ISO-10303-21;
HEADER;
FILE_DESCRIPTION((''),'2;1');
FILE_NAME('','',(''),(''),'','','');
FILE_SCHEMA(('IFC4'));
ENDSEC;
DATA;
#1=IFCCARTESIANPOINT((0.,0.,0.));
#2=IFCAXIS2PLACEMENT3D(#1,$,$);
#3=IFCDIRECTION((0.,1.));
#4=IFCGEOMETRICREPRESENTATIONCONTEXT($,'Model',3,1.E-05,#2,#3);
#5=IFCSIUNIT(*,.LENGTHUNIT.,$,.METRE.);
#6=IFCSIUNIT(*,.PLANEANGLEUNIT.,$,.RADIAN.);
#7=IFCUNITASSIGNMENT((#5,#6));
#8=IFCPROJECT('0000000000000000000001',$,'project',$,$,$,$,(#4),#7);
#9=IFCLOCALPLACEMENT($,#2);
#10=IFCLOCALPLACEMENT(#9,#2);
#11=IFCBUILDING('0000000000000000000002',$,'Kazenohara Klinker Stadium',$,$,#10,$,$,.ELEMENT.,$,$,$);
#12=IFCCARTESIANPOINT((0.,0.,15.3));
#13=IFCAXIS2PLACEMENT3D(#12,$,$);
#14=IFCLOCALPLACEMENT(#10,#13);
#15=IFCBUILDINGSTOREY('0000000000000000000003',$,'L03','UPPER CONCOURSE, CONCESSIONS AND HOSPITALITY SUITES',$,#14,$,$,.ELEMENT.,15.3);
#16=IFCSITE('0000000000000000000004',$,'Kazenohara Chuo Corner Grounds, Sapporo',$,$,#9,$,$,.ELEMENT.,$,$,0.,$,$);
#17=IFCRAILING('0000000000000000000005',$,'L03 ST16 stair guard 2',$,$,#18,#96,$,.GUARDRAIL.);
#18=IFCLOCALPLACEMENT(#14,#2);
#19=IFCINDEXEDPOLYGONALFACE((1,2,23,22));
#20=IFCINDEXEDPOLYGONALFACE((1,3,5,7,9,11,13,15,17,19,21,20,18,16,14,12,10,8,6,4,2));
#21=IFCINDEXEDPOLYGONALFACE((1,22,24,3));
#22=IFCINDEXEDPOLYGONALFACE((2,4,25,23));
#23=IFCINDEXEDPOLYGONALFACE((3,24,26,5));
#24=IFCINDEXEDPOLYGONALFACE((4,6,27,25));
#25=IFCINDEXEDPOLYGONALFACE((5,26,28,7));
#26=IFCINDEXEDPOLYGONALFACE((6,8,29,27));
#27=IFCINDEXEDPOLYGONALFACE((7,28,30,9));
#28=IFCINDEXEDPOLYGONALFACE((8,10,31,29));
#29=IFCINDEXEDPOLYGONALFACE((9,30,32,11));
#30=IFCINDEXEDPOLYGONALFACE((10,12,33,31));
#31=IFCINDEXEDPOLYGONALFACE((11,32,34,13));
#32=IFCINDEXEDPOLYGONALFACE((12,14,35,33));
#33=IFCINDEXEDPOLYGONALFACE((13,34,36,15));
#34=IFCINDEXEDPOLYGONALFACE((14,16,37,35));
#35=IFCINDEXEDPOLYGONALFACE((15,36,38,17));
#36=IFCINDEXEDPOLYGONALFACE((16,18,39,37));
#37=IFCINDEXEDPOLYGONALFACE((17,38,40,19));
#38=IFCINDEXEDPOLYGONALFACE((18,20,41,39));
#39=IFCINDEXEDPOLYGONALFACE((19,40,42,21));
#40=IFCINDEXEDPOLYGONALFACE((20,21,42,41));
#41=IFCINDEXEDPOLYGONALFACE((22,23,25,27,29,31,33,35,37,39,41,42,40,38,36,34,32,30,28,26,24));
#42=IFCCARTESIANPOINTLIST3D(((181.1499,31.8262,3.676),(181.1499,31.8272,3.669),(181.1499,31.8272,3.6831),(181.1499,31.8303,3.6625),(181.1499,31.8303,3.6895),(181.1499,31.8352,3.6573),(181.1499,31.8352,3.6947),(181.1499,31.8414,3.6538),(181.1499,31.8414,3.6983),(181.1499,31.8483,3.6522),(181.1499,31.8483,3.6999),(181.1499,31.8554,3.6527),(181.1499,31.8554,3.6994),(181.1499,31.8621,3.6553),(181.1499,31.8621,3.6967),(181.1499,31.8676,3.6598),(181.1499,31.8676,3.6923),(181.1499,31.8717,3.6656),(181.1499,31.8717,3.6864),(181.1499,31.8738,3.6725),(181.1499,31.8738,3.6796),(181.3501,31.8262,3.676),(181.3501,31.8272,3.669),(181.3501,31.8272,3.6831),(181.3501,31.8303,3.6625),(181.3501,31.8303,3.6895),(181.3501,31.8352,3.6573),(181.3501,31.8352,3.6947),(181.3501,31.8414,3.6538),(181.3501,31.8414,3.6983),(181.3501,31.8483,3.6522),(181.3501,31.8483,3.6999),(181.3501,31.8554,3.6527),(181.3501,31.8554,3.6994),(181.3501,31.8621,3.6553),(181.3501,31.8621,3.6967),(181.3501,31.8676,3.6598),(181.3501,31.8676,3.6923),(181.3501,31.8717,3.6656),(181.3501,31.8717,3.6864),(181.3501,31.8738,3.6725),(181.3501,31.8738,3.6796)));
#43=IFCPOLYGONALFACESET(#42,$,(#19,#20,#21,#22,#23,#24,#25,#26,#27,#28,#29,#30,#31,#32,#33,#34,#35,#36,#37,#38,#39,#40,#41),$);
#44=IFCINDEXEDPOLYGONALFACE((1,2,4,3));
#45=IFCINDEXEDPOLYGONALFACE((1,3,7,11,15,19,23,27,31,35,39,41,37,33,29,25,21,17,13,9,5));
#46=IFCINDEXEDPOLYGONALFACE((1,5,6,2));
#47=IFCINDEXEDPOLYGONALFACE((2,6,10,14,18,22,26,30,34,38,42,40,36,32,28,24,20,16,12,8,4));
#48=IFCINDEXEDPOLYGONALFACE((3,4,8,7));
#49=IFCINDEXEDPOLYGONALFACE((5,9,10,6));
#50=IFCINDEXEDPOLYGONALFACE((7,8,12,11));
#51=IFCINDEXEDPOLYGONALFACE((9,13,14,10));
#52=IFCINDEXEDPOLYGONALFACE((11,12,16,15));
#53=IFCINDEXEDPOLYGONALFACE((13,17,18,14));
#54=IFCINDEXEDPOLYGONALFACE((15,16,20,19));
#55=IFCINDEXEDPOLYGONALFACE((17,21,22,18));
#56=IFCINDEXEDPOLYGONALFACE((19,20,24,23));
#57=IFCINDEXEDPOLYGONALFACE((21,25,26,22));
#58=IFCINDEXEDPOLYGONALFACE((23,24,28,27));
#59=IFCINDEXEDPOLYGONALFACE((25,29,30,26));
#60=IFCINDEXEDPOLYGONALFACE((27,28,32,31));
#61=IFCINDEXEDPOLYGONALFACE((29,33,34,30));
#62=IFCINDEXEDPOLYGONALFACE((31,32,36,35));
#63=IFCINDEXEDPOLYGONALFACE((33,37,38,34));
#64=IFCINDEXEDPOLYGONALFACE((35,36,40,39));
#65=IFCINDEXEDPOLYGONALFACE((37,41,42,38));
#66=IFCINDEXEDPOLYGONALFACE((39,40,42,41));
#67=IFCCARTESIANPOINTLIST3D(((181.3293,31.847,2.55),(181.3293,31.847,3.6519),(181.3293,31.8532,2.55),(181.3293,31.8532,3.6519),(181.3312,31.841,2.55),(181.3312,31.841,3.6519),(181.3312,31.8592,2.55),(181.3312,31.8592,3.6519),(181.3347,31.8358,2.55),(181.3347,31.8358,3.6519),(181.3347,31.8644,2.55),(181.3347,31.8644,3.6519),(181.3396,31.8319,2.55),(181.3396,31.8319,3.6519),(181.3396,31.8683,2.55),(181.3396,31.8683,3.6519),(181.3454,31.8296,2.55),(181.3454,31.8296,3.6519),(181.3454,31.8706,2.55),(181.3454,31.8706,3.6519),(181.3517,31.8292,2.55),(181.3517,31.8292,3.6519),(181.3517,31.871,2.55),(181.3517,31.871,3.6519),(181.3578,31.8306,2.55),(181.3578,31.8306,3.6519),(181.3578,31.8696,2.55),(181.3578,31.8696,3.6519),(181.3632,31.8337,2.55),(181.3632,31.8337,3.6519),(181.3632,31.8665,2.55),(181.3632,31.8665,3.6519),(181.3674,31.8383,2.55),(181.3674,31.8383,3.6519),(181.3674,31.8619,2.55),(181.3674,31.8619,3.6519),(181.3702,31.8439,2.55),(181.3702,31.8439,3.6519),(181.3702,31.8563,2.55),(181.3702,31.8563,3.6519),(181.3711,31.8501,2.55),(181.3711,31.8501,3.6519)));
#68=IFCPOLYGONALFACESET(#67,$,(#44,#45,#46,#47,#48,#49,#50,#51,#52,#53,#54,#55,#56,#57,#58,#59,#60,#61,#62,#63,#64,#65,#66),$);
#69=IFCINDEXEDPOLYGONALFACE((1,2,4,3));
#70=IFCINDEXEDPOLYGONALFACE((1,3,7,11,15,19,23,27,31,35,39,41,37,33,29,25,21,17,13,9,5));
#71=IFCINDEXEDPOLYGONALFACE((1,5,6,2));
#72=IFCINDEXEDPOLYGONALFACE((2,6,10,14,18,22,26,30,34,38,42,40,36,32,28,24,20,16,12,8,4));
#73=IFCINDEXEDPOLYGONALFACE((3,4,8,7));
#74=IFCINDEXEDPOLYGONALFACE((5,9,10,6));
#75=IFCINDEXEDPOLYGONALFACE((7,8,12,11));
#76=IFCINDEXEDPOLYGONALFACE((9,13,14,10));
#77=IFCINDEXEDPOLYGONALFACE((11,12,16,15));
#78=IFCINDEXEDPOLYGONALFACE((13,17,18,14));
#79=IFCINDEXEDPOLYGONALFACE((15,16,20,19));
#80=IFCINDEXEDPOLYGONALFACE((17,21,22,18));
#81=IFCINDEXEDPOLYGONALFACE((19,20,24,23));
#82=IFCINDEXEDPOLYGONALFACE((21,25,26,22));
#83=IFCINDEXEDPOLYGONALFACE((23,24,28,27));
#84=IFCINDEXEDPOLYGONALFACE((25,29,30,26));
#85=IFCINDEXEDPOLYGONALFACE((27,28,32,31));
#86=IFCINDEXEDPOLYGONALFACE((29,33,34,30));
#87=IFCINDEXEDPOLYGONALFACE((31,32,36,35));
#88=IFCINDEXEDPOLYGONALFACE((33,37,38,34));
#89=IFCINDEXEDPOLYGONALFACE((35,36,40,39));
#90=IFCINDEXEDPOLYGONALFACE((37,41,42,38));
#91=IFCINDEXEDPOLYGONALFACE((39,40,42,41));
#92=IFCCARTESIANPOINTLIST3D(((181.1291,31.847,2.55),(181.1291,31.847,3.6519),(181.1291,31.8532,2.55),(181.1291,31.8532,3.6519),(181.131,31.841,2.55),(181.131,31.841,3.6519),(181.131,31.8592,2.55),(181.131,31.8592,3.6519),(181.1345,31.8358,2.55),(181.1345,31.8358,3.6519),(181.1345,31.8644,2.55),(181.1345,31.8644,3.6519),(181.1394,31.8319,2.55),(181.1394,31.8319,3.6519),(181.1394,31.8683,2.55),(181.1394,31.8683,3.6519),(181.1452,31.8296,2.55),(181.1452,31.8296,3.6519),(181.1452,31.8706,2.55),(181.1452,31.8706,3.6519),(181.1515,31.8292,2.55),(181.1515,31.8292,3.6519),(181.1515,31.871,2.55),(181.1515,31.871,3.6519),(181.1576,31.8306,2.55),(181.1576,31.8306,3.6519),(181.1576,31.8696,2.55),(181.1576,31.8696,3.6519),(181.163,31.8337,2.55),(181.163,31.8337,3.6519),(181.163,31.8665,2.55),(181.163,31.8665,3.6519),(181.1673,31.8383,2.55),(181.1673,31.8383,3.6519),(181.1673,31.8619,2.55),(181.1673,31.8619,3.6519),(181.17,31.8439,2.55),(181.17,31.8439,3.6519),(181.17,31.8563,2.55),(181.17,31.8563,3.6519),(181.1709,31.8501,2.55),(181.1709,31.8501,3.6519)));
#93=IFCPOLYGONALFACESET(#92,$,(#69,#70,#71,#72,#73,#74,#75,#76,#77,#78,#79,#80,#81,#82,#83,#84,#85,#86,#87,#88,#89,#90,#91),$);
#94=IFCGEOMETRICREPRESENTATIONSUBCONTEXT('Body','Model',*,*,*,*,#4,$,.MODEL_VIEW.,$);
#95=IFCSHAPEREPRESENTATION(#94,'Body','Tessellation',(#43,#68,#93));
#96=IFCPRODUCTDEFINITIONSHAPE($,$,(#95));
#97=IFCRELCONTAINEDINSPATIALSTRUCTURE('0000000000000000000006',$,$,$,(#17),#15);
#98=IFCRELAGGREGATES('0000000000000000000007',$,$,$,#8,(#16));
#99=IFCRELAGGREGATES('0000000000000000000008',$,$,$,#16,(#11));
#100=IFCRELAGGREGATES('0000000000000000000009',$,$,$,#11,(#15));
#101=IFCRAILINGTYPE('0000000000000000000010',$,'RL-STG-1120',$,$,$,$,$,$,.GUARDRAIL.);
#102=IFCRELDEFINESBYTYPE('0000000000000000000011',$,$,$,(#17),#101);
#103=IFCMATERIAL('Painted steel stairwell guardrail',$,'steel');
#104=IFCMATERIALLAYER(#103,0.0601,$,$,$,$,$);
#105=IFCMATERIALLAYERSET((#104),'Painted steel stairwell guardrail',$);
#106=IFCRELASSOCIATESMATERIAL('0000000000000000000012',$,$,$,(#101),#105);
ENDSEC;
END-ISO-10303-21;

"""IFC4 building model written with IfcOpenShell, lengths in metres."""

from ifc_helpers import new_model, si_unit, direction, frame, origin, origin_2d, place, context, subcontext, project, spatial, circle, extrude, material, layer, layer_set, type_object, element, save


model = new_model("IFC4")

# Units and contexts
model_context = context("Model", 3, precision=1e-05, world=origin(), true_north=direction((0.0, 1.0)))
body_context = subcontext(model_context, "Body", "Model", "MODEL_VIEW")
ifc_project = project(units=[si_unit("LENGTHUNIT", "METRE"), si_unit("PLANEANGLEUNIT", "RADIAN")], contexts=[model_context])

# Site, building, storey
site_placement = place(None, origin())
site = spatial("IfcSite", under=ifc_project, at=site_placement, Name="Kazenohara Chuo Corner Grounds, Sapporo", CompositionType="ELEMENT", RefElevation=0.0)
building_placement = place(site_placement, origin())
building = spatial("IfcBuilding", under=site, at=building_placement, Name="Kazenohara Klinker Stadium", CompositionType="ELEMENT")
storey_placement = place(building_placement, frame((0.0, 0.0, 15.3)))
storey = spatial("IfcBuildingStorey", under=building, at=storey_placement, Name="L03", Description="UPPER CONCOURSE, CONCESSIONS AND HOSPITALITY SUITES", CompositionType="ELEMENT", Elevation=15.3)

# Railing
ifc_material_1 = material(Name="Painted steel stairwell guardrail", Category="steel")
ifc_layer_1 = layer(ifc_material_1, 0.0601)
ifc_layer_set_1 = layer_set([ifc_layer_1], Name="Painted steel stairwell guardrail")
railing_type_1 = type_object("IfcRailingType", Name="RL-STG-1120", PredefinedType="GUARDRAIL", material=ifc_layer_set_1)
railing_1_placement = place(storey_placement, frame((181.3501, 31.8501, 2.55)))
element("IfcRailing", 1, at=railing_1_placement, inside=storey, type_object=railing_type_1, Name="L03 ST16 stair guard 2", PredefinedType="GUARDRAIL", context=body_context, shape_type="SweptSolid", body=[
    extrude(circle(Radius=0.0239, at=origin_2d()), frame((0.0, 0.0, 1.126), z_axis=(-1.0, 0.0, 0.0), x_axis=(0.0, -1.0, 0.0)), (0.0, 0.0, 1.0), 0.2002),
    extrude(circle(Radius=0.021, at=origin_2d()), origin(), (0.0, 0.0, 1.0), 1.1018),
    extrude(circle(Radius=0.021, at=origin_2d()), frame((-0.2002, 0.0, 0.0)), (0.0, 0.0, 1.0), 1.1018),
])

save(model, "model.ifc")
